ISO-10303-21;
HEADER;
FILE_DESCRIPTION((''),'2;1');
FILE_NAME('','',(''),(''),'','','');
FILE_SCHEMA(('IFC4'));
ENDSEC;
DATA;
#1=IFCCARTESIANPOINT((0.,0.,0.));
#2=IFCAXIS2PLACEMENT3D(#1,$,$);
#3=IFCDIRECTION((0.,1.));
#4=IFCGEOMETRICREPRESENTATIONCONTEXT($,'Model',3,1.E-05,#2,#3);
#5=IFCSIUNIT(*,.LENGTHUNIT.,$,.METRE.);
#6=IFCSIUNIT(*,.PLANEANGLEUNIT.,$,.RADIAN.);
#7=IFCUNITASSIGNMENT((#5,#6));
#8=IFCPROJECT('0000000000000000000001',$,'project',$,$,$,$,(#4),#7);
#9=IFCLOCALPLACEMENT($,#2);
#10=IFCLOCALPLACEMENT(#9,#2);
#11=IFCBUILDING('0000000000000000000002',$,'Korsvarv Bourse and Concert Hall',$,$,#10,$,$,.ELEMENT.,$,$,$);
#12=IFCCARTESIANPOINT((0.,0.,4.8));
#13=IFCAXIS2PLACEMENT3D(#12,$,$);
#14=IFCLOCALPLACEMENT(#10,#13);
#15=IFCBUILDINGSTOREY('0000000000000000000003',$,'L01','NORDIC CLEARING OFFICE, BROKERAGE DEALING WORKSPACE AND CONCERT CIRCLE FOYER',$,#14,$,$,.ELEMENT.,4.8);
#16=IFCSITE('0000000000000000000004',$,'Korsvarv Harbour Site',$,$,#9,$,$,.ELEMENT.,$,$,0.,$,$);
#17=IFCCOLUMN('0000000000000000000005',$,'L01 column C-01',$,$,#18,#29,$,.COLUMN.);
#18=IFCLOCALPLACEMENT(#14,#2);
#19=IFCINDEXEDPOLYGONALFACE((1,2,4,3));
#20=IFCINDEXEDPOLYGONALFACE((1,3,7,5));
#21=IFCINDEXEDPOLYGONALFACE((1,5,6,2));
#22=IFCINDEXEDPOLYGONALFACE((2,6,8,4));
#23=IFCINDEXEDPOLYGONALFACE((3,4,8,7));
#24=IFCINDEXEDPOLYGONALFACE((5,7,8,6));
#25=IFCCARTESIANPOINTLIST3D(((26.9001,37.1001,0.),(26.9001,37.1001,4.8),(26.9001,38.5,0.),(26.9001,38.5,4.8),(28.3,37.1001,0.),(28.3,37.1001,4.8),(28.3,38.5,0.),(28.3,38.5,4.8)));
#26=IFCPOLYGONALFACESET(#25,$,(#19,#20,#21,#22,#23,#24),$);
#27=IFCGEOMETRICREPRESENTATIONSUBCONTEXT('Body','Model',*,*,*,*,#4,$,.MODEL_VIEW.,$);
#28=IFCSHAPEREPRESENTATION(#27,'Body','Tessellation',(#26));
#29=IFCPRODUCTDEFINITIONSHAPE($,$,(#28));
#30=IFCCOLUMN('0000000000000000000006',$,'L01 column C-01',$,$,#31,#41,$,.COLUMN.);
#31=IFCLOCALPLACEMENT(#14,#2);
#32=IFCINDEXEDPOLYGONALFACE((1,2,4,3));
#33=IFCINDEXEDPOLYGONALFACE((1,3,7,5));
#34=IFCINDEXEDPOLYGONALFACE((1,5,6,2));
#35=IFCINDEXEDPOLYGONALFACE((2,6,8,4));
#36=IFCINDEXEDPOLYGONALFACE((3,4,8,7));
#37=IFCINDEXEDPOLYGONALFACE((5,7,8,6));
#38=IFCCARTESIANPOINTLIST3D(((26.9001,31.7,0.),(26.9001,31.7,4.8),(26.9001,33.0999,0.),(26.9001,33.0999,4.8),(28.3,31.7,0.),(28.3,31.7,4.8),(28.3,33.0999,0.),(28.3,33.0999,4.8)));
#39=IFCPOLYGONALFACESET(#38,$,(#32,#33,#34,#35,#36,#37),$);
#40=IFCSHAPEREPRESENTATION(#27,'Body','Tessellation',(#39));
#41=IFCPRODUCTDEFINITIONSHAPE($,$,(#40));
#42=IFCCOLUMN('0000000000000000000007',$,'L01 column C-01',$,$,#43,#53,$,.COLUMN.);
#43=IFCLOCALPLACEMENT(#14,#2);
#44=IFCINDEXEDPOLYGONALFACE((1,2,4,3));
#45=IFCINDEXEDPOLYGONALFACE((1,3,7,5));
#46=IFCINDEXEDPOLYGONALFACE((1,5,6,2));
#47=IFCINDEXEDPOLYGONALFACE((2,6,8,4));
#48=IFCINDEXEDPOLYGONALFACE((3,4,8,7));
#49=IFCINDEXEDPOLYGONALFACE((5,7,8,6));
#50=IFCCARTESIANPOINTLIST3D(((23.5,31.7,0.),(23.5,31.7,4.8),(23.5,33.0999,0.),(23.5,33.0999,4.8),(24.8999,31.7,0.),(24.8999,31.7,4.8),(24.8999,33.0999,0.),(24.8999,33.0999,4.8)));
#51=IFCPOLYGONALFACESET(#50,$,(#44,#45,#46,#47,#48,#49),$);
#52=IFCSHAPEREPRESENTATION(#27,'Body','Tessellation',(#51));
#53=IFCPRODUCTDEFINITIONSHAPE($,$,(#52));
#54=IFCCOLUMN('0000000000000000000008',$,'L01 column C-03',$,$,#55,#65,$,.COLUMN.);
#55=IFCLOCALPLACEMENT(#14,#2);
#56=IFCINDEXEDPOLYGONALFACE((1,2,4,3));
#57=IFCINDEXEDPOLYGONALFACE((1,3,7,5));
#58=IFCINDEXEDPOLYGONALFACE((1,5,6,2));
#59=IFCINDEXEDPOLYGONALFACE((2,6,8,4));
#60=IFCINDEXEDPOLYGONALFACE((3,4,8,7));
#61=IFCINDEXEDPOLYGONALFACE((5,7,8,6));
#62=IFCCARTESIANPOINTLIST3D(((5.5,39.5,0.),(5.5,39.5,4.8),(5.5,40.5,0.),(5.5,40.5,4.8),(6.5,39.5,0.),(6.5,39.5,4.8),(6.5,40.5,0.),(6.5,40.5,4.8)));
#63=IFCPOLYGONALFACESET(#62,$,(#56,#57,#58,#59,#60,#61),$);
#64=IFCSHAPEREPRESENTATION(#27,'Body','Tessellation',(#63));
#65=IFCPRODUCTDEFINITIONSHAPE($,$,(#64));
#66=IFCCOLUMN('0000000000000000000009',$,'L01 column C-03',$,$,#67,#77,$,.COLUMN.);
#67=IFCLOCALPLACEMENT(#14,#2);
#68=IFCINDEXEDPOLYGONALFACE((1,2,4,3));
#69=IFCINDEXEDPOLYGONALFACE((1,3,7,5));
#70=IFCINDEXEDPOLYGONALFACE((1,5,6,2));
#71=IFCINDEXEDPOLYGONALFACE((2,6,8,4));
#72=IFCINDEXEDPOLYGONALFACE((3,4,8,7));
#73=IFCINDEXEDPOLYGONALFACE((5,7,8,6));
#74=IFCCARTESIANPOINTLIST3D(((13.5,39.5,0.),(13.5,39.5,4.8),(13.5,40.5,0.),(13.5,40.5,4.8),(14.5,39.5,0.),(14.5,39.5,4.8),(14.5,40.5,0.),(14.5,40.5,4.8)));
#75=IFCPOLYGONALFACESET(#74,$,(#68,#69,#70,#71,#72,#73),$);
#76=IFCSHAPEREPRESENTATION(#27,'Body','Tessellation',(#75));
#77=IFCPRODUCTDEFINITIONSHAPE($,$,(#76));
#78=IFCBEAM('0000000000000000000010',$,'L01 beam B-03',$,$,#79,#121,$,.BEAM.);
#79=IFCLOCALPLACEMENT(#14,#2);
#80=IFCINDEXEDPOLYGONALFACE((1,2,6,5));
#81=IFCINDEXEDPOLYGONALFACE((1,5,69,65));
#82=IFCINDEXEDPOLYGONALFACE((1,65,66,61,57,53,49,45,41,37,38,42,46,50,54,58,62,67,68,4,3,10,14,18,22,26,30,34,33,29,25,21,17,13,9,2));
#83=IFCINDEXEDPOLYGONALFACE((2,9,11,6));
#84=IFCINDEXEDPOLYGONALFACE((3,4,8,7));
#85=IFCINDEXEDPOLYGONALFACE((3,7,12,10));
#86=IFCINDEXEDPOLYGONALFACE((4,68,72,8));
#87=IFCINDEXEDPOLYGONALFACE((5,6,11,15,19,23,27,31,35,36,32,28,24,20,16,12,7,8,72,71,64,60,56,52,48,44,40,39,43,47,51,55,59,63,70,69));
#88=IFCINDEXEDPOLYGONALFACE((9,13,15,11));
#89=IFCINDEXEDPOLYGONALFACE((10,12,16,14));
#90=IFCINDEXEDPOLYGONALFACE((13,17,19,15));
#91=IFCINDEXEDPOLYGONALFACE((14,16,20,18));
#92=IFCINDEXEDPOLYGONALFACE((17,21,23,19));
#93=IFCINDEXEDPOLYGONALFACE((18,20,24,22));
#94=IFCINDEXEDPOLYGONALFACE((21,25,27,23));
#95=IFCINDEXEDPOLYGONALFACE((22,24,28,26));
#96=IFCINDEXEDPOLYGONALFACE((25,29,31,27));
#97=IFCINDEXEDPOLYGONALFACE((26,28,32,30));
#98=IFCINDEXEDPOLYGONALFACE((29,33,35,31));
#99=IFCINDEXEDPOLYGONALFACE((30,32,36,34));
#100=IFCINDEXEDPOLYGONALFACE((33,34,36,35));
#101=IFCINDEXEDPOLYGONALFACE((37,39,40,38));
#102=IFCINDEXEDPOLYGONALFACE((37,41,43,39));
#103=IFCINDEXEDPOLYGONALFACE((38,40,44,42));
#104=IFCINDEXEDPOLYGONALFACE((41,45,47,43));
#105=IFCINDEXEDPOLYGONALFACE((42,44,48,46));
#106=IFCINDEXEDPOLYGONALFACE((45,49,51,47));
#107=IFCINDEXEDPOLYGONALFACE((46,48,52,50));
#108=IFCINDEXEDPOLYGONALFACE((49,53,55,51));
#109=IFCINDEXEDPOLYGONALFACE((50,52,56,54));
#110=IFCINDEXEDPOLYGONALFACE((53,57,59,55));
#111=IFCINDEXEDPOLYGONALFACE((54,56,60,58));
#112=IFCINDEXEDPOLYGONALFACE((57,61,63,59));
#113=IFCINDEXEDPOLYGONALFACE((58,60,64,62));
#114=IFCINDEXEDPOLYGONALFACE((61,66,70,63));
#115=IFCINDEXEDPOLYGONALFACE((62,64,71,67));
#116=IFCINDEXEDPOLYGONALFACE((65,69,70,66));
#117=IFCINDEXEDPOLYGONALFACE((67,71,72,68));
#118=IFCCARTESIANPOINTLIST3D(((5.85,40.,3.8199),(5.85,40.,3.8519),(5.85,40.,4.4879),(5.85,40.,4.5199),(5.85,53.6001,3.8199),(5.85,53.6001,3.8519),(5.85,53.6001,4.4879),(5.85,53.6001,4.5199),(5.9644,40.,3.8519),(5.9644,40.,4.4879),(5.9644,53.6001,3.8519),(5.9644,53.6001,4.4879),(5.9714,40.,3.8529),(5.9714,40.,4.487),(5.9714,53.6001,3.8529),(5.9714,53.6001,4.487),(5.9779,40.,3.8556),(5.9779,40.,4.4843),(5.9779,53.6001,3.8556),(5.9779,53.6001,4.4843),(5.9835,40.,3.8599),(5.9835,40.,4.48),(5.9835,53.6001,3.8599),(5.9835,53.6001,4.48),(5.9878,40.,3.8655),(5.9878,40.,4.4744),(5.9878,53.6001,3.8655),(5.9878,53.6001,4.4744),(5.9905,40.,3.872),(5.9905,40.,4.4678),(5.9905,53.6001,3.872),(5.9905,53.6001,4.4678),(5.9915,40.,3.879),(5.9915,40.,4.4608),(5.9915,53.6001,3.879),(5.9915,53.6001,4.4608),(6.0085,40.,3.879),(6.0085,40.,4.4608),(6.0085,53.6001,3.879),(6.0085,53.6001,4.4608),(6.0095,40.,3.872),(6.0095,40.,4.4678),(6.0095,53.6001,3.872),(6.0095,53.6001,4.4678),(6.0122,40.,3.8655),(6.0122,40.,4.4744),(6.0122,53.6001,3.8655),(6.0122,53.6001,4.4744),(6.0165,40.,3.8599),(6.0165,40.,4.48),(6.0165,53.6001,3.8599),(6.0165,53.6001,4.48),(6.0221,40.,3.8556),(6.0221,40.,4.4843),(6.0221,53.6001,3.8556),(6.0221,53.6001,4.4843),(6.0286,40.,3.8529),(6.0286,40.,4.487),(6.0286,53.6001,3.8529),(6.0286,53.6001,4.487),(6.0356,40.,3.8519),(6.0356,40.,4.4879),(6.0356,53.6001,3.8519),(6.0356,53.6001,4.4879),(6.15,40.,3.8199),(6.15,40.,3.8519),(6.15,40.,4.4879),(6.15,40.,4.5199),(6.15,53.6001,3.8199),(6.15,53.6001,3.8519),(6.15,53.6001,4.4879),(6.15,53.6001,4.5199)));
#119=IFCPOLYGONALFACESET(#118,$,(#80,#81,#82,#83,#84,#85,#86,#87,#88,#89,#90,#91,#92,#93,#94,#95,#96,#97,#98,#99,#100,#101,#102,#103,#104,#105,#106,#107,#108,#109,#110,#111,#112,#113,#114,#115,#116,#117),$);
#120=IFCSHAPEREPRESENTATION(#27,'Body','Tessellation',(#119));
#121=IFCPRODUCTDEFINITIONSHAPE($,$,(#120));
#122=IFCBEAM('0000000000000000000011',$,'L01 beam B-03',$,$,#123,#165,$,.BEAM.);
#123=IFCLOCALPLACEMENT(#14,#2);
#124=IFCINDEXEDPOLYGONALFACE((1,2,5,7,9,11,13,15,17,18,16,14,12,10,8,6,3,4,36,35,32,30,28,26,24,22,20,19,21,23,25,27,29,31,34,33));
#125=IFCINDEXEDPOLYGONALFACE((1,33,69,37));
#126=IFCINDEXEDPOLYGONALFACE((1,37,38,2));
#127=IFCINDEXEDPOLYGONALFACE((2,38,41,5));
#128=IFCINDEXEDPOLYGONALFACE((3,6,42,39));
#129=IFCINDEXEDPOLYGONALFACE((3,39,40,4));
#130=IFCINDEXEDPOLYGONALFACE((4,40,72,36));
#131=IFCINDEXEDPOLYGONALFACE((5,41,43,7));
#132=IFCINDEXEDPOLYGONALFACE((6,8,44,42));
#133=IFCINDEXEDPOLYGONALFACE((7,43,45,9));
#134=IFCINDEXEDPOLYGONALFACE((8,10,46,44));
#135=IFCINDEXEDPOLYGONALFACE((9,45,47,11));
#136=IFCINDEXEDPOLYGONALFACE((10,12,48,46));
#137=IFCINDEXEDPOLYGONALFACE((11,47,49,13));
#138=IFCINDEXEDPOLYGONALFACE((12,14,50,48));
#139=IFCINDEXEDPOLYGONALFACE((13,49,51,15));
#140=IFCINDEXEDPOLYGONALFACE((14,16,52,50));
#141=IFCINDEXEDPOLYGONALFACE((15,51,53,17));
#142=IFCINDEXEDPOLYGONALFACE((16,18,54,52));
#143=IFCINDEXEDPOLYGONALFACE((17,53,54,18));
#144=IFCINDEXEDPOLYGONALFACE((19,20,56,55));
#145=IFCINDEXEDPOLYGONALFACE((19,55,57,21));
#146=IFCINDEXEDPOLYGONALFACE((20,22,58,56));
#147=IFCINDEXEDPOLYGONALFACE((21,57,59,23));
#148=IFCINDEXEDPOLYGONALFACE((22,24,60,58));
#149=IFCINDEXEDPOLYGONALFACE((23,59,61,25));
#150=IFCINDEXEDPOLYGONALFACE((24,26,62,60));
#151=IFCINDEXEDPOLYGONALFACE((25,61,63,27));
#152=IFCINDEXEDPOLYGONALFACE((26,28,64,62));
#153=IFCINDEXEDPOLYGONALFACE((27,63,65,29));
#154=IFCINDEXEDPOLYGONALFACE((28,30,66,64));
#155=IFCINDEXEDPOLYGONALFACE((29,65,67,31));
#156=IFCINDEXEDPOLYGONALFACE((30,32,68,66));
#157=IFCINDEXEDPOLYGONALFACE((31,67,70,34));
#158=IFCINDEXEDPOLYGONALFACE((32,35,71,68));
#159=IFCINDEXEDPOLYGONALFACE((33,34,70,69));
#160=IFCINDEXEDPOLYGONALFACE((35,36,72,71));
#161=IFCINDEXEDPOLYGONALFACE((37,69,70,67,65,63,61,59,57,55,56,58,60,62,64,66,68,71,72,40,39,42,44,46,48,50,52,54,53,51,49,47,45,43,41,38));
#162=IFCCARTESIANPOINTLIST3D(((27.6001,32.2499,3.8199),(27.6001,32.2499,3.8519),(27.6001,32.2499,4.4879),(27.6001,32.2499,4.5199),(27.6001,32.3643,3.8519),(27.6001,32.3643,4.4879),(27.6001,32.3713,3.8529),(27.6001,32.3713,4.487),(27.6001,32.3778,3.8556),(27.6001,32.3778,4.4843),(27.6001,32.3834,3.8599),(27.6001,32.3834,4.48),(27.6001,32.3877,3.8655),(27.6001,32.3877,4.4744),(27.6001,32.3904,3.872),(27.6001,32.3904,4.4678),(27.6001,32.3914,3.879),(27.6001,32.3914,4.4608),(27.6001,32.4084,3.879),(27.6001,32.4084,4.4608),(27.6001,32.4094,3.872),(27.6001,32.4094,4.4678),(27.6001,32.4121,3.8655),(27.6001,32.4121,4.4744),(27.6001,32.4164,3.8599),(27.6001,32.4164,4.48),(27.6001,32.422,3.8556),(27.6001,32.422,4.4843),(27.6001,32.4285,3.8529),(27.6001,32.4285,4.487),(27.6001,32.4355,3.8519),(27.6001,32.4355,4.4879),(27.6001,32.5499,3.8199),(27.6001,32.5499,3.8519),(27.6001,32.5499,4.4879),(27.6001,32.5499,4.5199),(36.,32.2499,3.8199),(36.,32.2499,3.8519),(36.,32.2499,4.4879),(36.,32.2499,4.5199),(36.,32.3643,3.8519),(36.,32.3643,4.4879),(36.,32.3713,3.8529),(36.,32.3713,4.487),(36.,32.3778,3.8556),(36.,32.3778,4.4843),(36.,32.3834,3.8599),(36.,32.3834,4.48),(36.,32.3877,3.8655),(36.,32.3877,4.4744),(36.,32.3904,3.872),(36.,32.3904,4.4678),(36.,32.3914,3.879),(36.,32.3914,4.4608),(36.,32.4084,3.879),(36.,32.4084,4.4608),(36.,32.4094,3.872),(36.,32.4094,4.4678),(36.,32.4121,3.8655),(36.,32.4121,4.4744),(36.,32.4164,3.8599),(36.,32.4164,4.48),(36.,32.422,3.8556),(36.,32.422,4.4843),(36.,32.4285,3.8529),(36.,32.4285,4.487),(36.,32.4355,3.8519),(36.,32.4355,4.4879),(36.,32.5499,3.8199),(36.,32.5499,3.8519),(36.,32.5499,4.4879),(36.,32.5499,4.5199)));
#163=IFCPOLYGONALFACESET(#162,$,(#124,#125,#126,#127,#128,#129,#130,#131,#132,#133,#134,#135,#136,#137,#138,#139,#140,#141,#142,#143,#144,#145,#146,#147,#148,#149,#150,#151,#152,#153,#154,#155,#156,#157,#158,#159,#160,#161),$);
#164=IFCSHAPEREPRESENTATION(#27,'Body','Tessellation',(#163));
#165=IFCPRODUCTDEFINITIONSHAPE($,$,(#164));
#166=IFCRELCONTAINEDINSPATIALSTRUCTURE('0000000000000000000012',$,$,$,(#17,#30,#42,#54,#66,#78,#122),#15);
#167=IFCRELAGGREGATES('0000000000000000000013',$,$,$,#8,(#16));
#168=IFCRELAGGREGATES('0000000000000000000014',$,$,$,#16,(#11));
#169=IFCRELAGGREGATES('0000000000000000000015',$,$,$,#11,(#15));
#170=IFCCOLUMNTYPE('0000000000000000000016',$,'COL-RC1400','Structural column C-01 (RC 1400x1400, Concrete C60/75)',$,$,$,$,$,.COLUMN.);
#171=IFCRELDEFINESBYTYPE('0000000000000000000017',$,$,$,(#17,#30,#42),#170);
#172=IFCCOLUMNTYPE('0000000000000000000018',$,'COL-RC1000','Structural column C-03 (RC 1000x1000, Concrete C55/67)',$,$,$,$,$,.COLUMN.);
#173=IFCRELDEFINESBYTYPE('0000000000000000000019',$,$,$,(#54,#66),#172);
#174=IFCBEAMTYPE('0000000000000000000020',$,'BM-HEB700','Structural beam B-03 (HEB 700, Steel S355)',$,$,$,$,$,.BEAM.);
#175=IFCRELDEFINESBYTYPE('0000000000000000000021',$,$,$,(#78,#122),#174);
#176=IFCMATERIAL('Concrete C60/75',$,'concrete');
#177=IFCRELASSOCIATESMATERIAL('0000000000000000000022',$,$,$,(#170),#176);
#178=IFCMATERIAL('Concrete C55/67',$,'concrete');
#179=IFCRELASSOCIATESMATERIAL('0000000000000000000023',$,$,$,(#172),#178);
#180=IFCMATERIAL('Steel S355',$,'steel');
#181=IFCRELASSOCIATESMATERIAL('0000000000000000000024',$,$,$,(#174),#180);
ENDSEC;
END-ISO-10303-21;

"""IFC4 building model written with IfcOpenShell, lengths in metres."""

from ifc_helpers import new_model, si_unit, direction, frame, origin, origin_2d, place, context, subcontext, project, spatial, rectangle, i_section, extrude, source, transform, mapped, material, material_profile, profile_set, type_object, element, save


model = new_model("IFC4")

# Units and contexts
model_context = context("Model", 3, precision=1e-05, world=origin(), true_north=direction((0.0, 1.0)))
body_context = subcontext(model_context, "Body", "Model", "MODEL_VIEW")
ifc_project = project(units=[si_unit("LENGTHUNIT", "METRE"), si_unit("PLANEANGLEUNIT", "RADIAN")], contexts=[model_context])

# Site, building, storey
site_placement = place(None, origin())
site = spatial("IfcSite", under=ifc_project, at=site_placement, Name="Korsvarv Harbour Site", CompositionType="ELEMENT", RefElevation=0.0)
building_placement = place(site_placement, origin())
building = spatial("IfcBuilding", under=site, at=building_placement, Name="Korsvarv Bourse and Concert Hall", CompositionType="ELEMENT")
storey_placement = place(building_placement, frame((0.0, 0.0, 4.8)))
storey = spatial("IfcBuildingStorey", under=building, at=storey_placement, Name="L01", Description="NORDIC CLEARING OFFICE, BROKERAGE DEALING WORKSPACE AND CONCERT CIRCLE FOYER", CompositionType="ELEMENT", Elevation=4.8)

# Columns
ifc_material_1 = material(Name="Concrete C60/75", Category="concrete")
ifc_material_profile_1 = material_profile(ifc_material_1, rectangle(XDim=1.3999, YDim=1.3999, at=origin_2d()), Name="RC 1400x1400")
ifc_profile_set_1 = profile_set([ifc_material_profile_1], Name="Concrete C60/75")
column_type_1 = type_object("IfcColumnType", Name="COL-RC1400", Description="Structural column C-01 (RC 1400x1400, Concrete C60/75)", PredefinedType="COLUMN", material=ifc_profile_set_1)
shared_shape_1 = source(origin(), body_context, "Body", "SweptSolid", [
    extrude(rectangle(XDim=1.3999, YDim=1.3999, at=origin_2d()), origin(), (0.0, 0.0, 1.0), 4.8),
])
for number, where, z_axis, x_axis, name in (
    (1, (27.6001, 37.8, 0.0), (0.0, 0.0, 1.0), (1.0, 0.0, 0.0), "L01 column C-01"),
    (2, (27.6001, 32.3999, 0.0), (0.0, 0.0, 1.0), (1.0, 0.0, 0.0), "L01 column C-01"),
    (3, (24.2, 32.3999, 0.0), (0.0, 0.0, 1.0), (1.0, 0.0, 0.0), "L01 column C-01"),
):
    element("IfcColumn", number, at=place(storey_placement, frame(where, z_axis=z_axis, x_axis=x_axis)), inside=storey, type_object=column_type_1, Name=name, PredefinedType="COLUMN", context=body_context, shape_type="MappedRepresentation", body=[
        mapped(shared_shape_1, transform((0.0, 0.0, 0.0), scale=1.0)),
    ])
ifc_material_2 = material(Name="Concrete C55/67", Category="concrete")
ifc_material_profile_2 = material_profile(ifc_material_2, rectangle(XDim=1.0, YDim=1.0, at=origin_2d()), Name="RC 1000x1000")
ifc_profile_set_2 = profile_set([ifc_material_profile_2], Name="Concrete C55/67")
column_type_2 = type_object("IfcColumnType", Name="COL-RC1000", Description="Structural column C-03 (RC 1000x1000, Concrete C55/67)", PredefinedType="COLUMN", material=ifc_profile_set_2)
shared_shape_2 = source(origin(), body_context, "Body", "SweptSolid", [
    extrude(rectangle(XDim=1.0, YDim=1.0, at=origin_2d()), origin(), (0.0, 0.0, 1.0), 4.8),
])
for number, where, z_axis, x_axis, name in (
    (4, (6.0, 40.0, 0.0), (0.0, 0.0, 1.0), (1.0, 0.0, 0.0), "L01 column C-03"),
    (5, (14.0, 40.0, 0.0), (0.0, 0.0, 1.0), (1.0, 0.0, 0.0), "L01 column C-03"),
):
    element("IfcColumn", number, at=place(storey_placement, frame(where, z_axis=z_axis, x_axis=x_axis)), inside=storey, type_object=column_type_2, Name=name, PredefinedType="COLUMN", context=body_context, shape_type="MappedRepresentation", body=[
        mapped(shared_shape_2, transform((0.0, 0.0, 0.0), scale=1.0)),
    ])

# Beams
ifc_material_3 = material(Name="Steel S355", Category="steel")
ifc_material_profile_3 = material_profile(ifc_material_3, i_section(OverallWidth=0.3, OverallDepth=0.7, WebThickness=0.0171, FlangeThickness=0.032, FilletRadius=0.0271, at=origin_2d()), Name="HEB 700")
ifc_profile_set_3 = profile_set([ifc_material_profile_3], Name="Steel S355")
beam_type = type_object("IfcBeamType", Name="BM-HEB700", Description="Structural beam B-03 (HEB 700, Steel S355)", PredefinedType="BEAM", material=ifc_profile_set_3)
shared_shape_3 = source(origin(), body_context, "Body", "SweptSolid", [
    extrude(i_section(OverallWidth=0.3, OverallDepth=0.7, WebThickness=0.0171, FlangeThickness=0.032, FilletRadius=0.0271, at=origin_2d()), origin(), (0.0, 0.0, 1.0), 13.6001),
])
beam_1_placement = place(storey_placement, frame((6.0, 40.0, 4.1699), z_axis=(0.0, 1.0, 0.0), x_axis=(-1.0, 0.0, 0.0)))
element("IfcBeam", 6, at=beam_1_placement, inside=storey, type_object=beam_type, Name="L01 beam B-03", PredefinedType="BEAM", context=body_context, shape_type="MappedRepresentation", body=[
    mapped(shared_shape_3, transform((0.0, 0.0, 0.0), scale=1.0)),
])
shared_shape_4 = source(origin(), body_context, "Body", "SweptSolid", [
    extrude(i_section(OverallWidth=0.3, OverallDepth=0.7, WebThickness=0.0171, FlangeThickness=0.032, FilletRadius=0.0271, at=origin_2d()), origin(), (0.0, 0.0, 1.0), 8.3999),
])
beam_2_placement = place(storey_placement, frame((27.6001, 32.3999, 4.1699), z_axis=(1.0, 0.0, 0.0), x_axis=(0.0, 1.0, 0.0)))
element("IfcBeam", 7, at=beam_2_placement, inside=storey, type_object=beam_type, Name="L01 beam B-03", PredefinedType="BEAM", context=body_context, shape_type="MappedRepresentation", body=[
    mapped(shared_shape_4, transform((0.0, 0.0, 0.0), scale=1.0)),
])

save(model, "model.ifc")
